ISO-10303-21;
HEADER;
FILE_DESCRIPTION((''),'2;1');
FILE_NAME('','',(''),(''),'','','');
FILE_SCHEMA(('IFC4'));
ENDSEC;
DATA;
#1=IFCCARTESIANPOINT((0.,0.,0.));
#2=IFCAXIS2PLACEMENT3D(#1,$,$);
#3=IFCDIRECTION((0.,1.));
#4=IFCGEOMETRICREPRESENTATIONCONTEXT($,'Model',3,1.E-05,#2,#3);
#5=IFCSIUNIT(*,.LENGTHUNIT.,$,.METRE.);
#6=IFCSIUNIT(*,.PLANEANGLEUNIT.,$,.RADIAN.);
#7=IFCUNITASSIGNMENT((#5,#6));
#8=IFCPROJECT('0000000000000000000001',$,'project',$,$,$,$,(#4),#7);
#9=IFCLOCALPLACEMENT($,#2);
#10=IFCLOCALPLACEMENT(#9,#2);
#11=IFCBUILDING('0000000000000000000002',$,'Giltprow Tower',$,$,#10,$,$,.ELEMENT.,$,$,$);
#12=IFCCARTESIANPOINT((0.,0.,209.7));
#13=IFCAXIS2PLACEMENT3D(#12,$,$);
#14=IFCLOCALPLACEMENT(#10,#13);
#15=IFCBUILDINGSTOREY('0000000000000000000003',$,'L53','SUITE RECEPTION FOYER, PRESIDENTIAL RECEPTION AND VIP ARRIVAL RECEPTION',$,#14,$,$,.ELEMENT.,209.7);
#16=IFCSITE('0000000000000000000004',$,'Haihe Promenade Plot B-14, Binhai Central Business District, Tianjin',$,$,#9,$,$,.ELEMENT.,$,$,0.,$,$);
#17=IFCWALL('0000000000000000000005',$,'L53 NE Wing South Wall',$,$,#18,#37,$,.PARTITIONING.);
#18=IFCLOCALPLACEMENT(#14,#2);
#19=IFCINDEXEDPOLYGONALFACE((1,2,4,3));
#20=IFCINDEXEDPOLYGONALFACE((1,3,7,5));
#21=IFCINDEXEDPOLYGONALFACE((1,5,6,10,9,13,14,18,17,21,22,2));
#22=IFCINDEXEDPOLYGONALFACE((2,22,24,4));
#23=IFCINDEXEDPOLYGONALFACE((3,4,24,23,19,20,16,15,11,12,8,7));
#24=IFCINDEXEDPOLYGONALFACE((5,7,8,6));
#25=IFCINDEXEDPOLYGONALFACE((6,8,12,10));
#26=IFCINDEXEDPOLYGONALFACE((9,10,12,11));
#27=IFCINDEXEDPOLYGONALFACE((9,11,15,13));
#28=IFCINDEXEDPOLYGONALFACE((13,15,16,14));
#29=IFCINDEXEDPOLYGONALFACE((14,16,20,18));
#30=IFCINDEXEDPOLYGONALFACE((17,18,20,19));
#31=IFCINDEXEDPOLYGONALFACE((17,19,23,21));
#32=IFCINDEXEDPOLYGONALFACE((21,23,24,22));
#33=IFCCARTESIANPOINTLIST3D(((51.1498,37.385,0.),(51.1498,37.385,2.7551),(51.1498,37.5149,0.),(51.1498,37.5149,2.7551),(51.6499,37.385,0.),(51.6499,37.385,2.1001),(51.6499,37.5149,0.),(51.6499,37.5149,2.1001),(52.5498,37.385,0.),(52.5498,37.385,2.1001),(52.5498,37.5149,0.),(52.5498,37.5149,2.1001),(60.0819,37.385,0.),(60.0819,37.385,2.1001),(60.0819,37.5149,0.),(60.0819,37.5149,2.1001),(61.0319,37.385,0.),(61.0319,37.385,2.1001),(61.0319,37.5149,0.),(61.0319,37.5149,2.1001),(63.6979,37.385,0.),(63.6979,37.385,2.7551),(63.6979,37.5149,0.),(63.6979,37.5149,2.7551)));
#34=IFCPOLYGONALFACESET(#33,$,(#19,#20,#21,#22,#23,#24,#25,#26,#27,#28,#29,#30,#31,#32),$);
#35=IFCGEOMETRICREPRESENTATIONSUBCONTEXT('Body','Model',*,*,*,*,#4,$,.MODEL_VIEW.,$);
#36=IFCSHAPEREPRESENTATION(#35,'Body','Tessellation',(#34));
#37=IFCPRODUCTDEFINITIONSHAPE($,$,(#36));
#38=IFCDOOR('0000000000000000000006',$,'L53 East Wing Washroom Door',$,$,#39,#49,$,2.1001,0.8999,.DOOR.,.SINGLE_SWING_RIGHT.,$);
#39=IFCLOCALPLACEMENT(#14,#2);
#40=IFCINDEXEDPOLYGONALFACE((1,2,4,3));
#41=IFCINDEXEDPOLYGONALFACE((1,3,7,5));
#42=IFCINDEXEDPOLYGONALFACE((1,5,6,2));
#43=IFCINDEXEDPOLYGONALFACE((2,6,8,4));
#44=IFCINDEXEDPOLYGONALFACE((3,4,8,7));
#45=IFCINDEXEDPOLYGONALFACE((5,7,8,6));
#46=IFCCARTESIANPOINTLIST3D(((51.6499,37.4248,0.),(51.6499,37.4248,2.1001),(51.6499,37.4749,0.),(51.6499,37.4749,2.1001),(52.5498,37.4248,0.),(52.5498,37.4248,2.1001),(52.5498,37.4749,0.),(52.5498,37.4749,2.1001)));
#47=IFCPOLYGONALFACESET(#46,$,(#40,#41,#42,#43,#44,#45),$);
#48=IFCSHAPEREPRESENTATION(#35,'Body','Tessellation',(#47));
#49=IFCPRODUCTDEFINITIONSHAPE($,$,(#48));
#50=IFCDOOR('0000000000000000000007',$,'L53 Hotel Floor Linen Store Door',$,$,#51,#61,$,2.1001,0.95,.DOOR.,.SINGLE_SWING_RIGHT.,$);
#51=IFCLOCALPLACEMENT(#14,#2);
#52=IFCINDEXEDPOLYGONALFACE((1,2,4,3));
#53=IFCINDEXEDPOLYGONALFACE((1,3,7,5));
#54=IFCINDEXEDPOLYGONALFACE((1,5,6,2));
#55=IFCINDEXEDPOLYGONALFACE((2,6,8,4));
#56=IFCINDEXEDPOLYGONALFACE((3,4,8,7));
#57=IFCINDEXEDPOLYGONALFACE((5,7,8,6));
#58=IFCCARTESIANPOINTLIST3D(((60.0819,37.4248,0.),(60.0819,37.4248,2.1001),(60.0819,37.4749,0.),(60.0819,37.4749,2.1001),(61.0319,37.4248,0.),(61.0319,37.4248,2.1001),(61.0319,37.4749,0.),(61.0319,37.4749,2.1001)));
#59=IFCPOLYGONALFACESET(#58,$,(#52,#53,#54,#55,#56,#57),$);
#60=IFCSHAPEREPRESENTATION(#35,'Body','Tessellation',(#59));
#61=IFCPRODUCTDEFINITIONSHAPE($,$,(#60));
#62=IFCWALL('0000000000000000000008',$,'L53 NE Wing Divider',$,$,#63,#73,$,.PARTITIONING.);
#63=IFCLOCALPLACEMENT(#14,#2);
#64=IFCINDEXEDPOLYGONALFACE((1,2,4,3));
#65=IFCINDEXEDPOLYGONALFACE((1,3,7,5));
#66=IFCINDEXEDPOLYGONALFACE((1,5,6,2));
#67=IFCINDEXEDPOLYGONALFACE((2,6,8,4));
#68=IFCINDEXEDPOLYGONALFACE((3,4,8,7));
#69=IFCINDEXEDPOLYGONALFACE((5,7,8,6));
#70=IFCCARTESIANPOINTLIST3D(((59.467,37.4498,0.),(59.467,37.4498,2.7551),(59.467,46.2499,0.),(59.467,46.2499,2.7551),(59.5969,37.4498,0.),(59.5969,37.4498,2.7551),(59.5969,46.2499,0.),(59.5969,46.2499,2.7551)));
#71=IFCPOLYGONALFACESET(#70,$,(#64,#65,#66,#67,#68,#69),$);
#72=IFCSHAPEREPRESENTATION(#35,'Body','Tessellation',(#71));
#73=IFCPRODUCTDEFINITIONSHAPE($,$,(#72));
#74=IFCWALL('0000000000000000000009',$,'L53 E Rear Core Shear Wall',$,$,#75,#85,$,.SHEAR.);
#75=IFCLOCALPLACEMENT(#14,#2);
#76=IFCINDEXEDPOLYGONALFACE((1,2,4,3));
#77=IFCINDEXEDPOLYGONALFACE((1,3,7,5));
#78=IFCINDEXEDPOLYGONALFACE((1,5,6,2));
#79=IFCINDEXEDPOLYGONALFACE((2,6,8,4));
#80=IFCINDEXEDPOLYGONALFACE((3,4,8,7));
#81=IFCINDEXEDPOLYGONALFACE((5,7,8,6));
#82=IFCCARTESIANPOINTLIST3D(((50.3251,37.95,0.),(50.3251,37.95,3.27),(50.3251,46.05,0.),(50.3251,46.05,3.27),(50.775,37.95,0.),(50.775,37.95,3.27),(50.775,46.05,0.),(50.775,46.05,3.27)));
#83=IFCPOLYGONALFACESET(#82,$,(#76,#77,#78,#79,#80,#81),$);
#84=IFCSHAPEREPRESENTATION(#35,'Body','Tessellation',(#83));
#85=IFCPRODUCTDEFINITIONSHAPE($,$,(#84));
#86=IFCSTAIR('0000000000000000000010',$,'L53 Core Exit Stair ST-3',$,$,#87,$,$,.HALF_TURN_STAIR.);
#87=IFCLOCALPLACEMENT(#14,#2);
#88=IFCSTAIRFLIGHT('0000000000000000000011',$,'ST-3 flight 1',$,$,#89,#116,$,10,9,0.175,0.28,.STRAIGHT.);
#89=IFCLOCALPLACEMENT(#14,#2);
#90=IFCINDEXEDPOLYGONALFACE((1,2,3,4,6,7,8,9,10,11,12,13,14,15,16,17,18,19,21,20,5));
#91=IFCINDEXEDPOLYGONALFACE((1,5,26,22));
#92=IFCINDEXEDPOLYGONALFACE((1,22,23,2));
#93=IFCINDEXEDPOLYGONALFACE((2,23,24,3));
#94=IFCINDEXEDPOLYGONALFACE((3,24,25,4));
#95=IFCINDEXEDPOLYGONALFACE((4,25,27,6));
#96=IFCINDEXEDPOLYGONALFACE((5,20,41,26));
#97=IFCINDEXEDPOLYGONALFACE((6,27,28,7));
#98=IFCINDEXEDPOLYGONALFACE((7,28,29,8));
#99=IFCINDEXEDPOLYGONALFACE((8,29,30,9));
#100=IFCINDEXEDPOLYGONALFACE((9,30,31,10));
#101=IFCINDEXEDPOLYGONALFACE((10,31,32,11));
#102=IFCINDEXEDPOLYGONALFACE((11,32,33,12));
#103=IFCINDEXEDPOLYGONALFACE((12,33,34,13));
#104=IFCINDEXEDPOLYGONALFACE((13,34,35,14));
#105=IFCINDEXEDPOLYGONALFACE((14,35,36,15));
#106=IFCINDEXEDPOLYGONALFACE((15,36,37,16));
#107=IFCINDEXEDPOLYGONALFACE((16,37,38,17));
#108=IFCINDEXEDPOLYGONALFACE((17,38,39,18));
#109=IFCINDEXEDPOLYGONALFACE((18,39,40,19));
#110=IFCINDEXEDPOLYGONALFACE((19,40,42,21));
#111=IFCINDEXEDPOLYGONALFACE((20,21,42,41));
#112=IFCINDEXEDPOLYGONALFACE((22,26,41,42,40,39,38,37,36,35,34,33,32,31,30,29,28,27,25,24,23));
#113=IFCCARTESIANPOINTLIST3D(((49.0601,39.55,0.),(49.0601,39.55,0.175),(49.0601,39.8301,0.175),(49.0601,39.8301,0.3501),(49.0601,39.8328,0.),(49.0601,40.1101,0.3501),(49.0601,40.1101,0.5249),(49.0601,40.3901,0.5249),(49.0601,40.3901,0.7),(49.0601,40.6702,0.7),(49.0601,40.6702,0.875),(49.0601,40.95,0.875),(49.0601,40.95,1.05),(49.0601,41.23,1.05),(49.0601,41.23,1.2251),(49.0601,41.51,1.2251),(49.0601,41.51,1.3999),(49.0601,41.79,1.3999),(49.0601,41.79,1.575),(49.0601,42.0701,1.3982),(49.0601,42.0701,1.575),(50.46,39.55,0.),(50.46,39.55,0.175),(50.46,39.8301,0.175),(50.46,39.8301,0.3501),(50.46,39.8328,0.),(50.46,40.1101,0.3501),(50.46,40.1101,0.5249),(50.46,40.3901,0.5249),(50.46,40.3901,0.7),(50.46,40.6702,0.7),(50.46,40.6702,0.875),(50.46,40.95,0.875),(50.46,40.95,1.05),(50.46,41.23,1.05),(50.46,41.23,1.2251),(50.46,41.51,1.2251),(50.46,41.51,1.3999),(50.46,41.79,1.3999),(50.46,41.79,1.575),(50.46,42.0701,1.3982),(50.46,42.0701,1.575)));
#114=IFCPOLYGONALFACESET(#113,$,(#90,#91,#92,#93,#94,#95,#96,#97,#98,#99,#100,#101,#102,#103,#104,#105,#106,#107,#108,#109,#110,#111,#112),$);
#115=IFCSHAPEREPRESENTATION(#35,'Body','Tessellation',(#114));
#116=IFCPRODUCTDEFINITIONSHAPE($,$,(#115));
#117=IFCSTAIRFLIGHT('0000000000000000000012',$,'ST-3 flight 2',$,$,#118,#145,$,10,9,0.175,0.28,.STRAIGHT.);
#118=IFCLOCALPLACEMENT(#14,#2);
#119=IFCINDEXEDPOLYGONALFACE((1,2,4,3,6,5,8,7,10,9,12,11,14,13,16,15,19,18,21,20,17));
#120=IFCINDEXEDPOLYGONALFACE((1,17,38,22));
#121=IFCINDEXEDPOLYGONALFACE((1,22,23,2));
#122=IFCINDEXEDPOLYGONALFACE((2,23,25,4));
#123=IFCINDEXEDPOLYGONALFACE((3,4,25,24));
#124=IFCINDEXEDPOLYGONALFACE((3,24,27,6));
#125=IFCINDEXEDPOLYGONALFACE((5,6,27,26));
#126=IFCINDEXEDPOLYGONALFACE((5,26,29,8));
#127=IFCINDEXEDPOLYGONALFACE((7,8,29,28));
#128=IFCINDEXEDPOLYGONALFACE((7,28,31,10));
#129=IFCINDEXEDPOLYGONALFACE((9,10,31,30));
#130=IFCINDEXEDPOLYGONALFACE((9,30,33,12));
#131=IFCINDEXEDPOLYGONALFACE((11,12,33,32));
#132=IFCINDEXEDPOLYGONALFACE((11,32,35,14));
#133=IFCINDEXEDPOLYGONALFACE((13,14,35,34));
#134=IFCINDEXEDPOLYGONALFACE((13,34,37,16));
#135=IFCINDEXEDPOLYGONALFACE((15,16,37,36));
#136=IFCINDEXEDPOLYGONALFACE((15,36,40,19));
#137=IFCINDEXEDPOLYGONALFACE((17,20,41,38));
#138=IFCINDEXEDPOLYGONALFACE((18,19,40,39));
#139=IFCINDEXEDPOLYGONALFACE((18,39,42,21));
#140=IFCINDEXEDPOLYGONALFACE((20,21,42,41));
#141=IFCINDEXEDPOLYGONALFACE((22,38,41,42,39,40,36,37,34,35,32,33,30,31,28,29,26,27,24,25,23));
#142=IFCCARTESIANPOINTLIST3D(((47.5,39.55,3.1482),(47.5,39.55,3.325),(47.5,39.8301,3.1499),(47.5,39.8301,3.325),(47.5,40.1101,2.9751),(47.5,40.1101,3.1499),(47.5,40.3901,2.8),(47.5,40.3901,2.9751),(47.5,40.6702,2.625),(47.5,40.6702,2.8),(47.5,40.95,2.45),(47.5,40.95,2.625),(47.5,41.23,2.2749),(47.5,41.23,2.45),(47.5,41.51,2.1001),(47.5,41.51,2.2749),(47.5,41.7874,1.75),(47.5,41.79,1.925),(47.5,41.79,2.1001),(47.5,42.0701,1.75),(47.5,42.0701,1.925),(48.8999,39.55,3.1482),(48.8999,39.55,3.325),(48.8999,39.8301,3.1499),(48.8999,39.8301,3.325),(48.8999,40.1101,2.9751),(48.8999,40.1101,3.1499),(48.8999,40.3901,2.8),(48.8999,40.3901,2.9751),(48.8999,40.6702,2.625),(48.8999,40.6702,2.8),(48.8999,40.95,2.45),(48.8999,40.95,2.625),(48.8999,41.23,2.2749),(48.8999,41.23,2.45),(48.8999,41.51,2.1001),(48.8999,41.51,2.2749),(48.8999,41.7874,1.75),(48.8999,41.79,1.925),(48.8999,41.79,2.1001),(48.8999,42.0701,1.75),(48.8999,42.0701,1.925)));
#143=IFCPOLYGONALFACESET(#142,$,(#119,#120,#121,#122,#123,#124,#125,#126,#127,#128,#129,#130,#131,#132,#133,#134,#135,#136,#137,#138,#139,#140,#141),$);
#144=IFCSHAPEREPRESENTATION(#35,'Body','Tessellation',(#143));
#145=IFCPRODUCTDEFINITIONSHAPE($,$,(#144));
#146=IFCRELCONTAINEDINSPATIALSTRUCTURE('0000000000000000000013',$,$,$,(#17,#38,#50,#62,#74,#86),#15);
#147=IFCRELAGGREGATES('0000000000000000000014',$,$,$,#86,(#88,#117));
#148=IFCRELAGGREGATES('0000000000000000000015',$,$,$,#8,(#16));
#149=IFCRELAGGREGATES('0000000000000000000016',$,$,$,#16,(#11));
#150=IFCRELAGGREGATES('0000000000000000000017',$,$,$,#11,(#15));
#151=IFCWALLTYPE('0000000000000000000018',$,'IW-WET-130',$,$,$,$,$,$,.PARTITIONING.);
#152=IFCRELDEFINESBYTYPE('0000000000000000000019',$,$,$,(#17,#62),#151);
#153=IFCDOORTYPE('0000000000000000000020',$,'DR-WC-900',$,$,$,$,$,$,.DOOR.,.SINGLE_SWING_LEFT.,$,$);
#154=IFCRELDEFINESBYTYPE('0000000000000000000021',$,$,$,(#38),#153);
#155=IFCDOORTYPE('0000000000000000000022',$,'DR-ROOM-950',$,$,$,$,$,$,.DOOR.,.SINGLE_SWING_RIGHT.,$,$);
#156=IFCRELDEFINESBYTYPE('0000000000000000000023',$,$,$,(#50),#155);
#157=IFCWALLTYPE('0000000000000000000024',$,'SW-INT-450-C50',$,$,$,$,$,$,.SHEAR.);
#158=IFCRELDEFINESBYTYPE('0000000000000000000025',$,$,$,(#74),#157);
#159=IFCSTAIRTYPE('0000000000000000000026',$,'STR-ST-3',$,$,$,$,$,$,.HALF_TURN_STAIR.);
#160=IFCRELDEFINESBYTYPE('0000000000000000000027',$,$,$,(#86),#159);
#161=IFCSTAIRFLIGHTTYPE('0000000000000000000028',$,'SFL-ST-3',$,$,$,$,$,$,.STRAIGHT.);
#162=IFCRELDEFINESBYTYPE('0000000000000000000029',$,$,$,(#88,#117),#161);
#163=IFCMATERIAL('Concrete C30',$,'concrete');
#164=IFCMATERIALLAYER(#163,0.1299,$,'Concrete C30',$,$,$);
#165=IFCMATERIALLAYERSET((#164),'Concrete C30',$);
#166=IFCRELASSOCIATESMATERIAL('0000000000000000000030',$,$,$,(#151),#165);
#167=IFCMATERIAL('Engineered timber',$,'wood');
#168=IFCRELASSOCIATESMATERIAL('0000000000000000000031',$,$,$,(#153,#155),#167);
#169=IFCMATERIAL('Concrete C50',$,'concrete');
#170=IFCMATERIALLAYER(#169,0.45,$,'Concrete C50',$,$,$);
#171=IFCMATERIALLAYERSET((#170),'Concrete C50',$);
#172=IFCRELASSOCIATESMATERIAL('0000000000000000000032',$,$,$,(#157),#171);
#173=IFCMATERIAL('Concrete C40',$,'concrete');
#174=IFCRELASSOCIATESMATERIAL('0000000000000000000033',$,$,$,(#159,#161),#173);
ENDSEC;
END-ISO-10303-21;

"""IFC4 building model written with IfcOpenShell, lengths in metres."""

from ifc_helpers import new_model, si_unit, direction, frame, frame_2d, origin, place, context, subcontext, project, spatial, polyline, rectangle, outline, extrude, source, transform, mapped, material, layer, layer_set, type_object, element, fill, aggregate, save


model = new_model("IFC4")

# Units and contexts
model_context = context("Model", 3, precision=1e-05, world=origin(), true_north=direction((0.0, 1.0)))
body_context = subcontext(model_context, "Body", "Model", "MODEL_VIEW")
ifc_project = project(units=[si_unit("LENGTHUNIT", "METRE"), si_unit("PLANEANGLEUNIT", "RADIAN")], contexts=[model_context])

# Site, building, storey
site_placement = place(None, origin())
site = spatial("IfcSite", under=ifc_project, at=site_placement, Name="Haihe Promenade Plot B-14, Binhai Central Business District, Tianjin", CompositionType="ELEMENT", RefElevation=0.0)
building_placement = place(site_placement, origin())
building = spatial("IfcBuilding", under=site, at=building_placement, Name="Giltprow Tower", CompositionType="ELEMENT")
storey_placement = place(building_placement, frame((0.0, 0.0, 209.7)))
storey = spatial("IfcBuildingStorey", under=building, at=storey_placement, Name="L53", Description="SUITE RECEPTION FOYER, PRESIDENTIAL RECEPTION AND VIP ARRIVAL RECEPTION", CompositionType="ELEMENT", Elevation=209.7)

# Shared definitions
ifc_material_1 = material(Name="Concrete C50", Category="concrete")

# Wall, openings, doors
ifc_material_2 = material(Name="Concrete C30", Category="concrete")
ifc_layer_1 = layer(ifc_material_2, 0.1299, Name="Concrete C30")
ifc_layer_set_1 = layer_set([ifc_layer_1], Name="Concrete C30")
wall_type_1 = type_object("IfcWallType", Name="IW-WET-130", PredefinedType="PARTITIONING", material=ifc_layer_set_1)
wall_1_placement = place(storey_placement, frame((51.1499, 37.45, 0.0), z_axis=(0.0, 0.0, 1.0), x_axis=(1.0, 0.0, 0.0)))
wall_1 = element("IfcWall", 1, at=wall_1_placement, inside=storey, type_object=wall_type_1, Name="L53 NE Wing South Wall", PredefinedType="PARTITIONING", context=body_context, shape_type="SweptSolid", body=[
    extrude(rectangle(XDim=12.5481, YDim=0.1299, at=frame_2d((6.2739, 0.0))), origin(), (0.0, 0.0, 1.0), 2.7551),
])
opening_1_placement = place(wall_1_placement, frame((0.5, 0.0, 0.0)))
opening_1 = element("IfcOpeningElement", 2, at=opening_1_placement, cuts=wall_1, PredefinedType="OPENING", context=body_context, shape_type="SweptSolid", body=[
    extrude(rectangle(XDim=0.8999, YDim=2.1001, at=frame_2d((0.45, 1.05))), frame((0.0, 0.075, 0.0), z_axis=(0.0, -1.0, 0.0), x_axis=(1.0, 0.0, 0.0)), (0.0, 0.0, 1.0), 0.1499),
])
opening_2_placement = place(wall_1_placement, frame((8.9319, 0.0, 0.0)))
opening_2 = element("IfcOpeningElement", 3, at=opening_2_placement, cuts=wall_1, PredefinedType="OPENING", context=body_context, shape_type="SweptSolid", body=[
    extrude(rectangle(XDim=0.95, YDim=2.1001, at=frame_2d((0.4751, 1.05))), frame((0.0, 0.075, 0.0), z_axis=(0.0, -1.0, 0.0), x_axis=(1.0, 0.0, 0.0)), (0.0, 0.0, 1.0), 0.1499),
])
ifc_material_3 = material(Name="Engineered timber", Category="wood")
door_type_1 = type_object("IfcDoorType", Name="DR-WC-900", OperationType="SINGLE_SWING_LEFT", PredefinedType="DOOR", material=ifc_material_3)
shared_shape_1 = source(origin(), body_context, "Body", "SweptSolid", [
    extrude(rectangle(XDim=0.8999, YDim=2.1001, at=frame_2d((0.45, 1.05))), frame((0.0, 0.0249, 0.0), z_axis=(0.0, -1.0, 0.0), x_axis=(1.0, 0.0, 0.0)), (0.0, 0.0, 1.0), 0.05),
])
door_1_placement = place(opening_1_placement, origin())
door_1 = element("IfcDoor", 4, at=door_1_placement, inside=storey, type_object=door_type_1, Name="L53 East Wing Washroom Door", OperationType="SINGLE_SWING_RIGHT", OverallHeight=2.1001, OverallWidth=0.8999, PredefinedType="DOOR", context=body_context, shape_type="MappedRepresentation", body=[
    mapped(shared_shape_1, transform((0.0, 0.0, 0.0), x_axis=(1.0, 0.0, 0.0), y_axis=(0.0, 1.0, 0.0), z_axis=(0.0, 0.0, 1.0), scale=1.0)),
])
fill(opening_1, door_1)
door_type_2 = type_object("IfcDoorType", Name="DR-ROOM-950", OperationType="SINGLE_SWING_RIGHT", PredefinedType="DOOR", material=ifc_material_3)
shared_shape_2 = source(origin(), body_context, "Body", "SweptSolid", [
    extrude(rectangle(XDim=0.95, YDim=2.1001, at=frame_2d((0.4751, 1.05))), frame((0.0, 0.0249, 0.0), z_axis=(0.0, -1.0, 0.0), x_axis=(1.0, 0.0, 0.0)), (0.0, 0.0, 1.0), 0.05),
])
door_2_placement = place(opening_2_placement, origin())
door_2 = element("IfcDoor", 5, at=door_2_placement, inside=storey, type_object=door_type_2, Name="L53 Hotel Floor Linen Store Door", OperationType="SINGLE_SWING_RIGHT", OverallHeight=2.1001, OverallWidth=0.95, PredefinedType="DOOR", context=body_context, shape_type="MappedRepresentation", body=[
    mapped(shared_shape_2, transform((0.0, 0.0, 0.0), x_axis=(1.0, 0.0, 0.0), y_axis=(0.0, 1.0, 0.0), z_axis=(0.0, 0.0, 1.0), scale=1.0)),
])
fill(opening_2, door_2)

# Walls
wall_2_placement = place(storey_placement, frame((59.532, 37.45, 0.0), z_axis=(0.0, 0.0, 1.0), x_axis=(0.0, 1.0, 0.0)))
element("IfcWall", 6, at=wall_2_placement, inside=storey, type_object=wall_type_1, Name="L53 NE Wing Divider", PredefinedType="PARTITIONING", context=body_context, shape_type="SweptSolid", body=[
    extrude(rectangle(XDim=8.8, YDim=0.1299, at=frame_2d((4.3999, 0.0))), origin(), (0.0, 0.0, 1.0), 2.7551),
])
ifc_layer_2 = layer(ifc_material_1, 0.45, Name="Concrete C50")
ifc_layer_set_2 = layer_set([ifc_layer_2], Name="Concrete C50")
wall_type_2 = type_object("IfcWallType", Name="SW-INT-450-C50", PredefinedType="SHEAR", material=ifc_layer_set_2)
wall_3_placement = place(storey_placement, frame((50.55, 37.95, 0.0), z_axis=(0.0, 0.0, 1.0), x_axis=(0.0, 1.0, 0.0)))
element("IfcWall", 7, at=wall_3_placement, inside=storey, type_object=wall_type_2, Name="L53 E Rear Core Shear Wall", PredefinedType="SHEAR", context=body_context, shape_type="SweptSolid", body=[
    extrude(rectangle(XDim=8.1001, YDim=0.45, at=frame_2d((4.05, 0.0))), origin(), (0.0, 0.0, 1.0), 3.27),
])

# Stair, stair flights
ifc_material_4 = material(Name="Concrete C40", Category="concrete")
stair_type = type_object("IfcStairType", Name="STR-ST-3", PredefinedType="HALF_TURN_STAIR", material=ifc_material_4)
stair_placement = place(storey_placement, origin())
stair = element("IfcStair", 8, at=stair_placement, inside=storey, type_object=stair_type, Name="L53 Core Exit Stair ST-3", PredefinedType="HALF_TURN_STAIR")
stair_flight_type = type_object("IfcStairFlightType", Name="SFL-ST-3", PredefinedType="STRAIGHT", material=ifc_material_4)
stair_flight_1_placement = place(storey_placement, frame((49.76, 39.55, 0.0), z_axis=(0.0, 0.0, 1.0), x_axis=(0.0, 1.0, 0.0)))
stair_flight_1 = element("IfcStairFlight", 9, at=stair_flight_1_placement, type_object=stair_flight_type, Name="ST-3 flight 1", NumberOfRisers=10, NumberOfTreads=9, PredefinedType="STRAIGHT", RiserHeight=0.175, TreadLength=0.28, context=body_context, shape_type="SweptSolid", body=[
    extrude(outline(polyline([(0.0, 0.0), (0.0, 0.175), (0.28, 0.175), (0.28, 0.3501), (0.5601, 0.3501), (0.5601, 0.5249), (0.8401, 0.5249), (0.8401, 0.7), (1.1201, 0.7), (1.1201, 0.875), (1.3999, 0.875), (1.3999, 1.05), (1.6799, 1.05), (1.6799, 1.2251), (1.96, 1.2251), (1.96, 1.3999), (2.24, 1.3999), (2.24, 1.575), (2.52, 1.575), (2.52, 1.75), (2.52, 1.3982), (0.2827, 0.0), (0.0, 0.0)])), frame((0.0, 0.7, 0.0), z_axis=(0.0, -1.0, 0.0), x_axis=(1.0, 0.0, 0.0)), (0.0, 0.0, 1.0), 1.3999),
])
stair_flight_2_placement = place(storey_placement, frame((48.2, 42.0701, 1.75), z_axis=(0.0, 0.0, 1.0), x_axis=(0.0, -1.0, 0.0)))
stair_flight_2 = element("IfcStairFlight", 10, at=stair_flight_2_placement, type_object=stair_flight_type, Name="ST-3 flight 2", NumberOfRisers=10, NumberOfTreads=9, PredefinedType="STRAIGHT", RiserHeight=0.175, TreadLength=0.28, context=body_context, shape_type="SweptSolid", body=[
    extrude(outline(polyline([(0.0, 0.0), (0.0, 0.175), (0.28, 0.175), (0.28, 0.3501), (0.5601, 0.3501), (0.5601, 0.5249), (0.8401, 0.5249), (0.8401, 0.7), (1.1201, 0.7), (1.1201, 0.875), (1.3999, 0.875), (1.3999, 1.05), (1.6799, 1.05), (1.6799, 1.2251), (1.96, 1.2251), (1.96, 1.3999), (2.24, 1.3999), (2.24, 1.575), (2.52, 1.575), (2.52, 1.75), (2.52, 1.3982), (0.2827, 0.0), (0.0, 0.0)])), frame((0.0, 0.7, 0.0), z_axis=(0.0, -1.0, 0.0), x_axis=(1.0, 0.0, 0.0)), (0.0, 0.0, 1.0), 1.3999),
])
aggregate(stair, [stair_flight_1, stair_flight_2])

save(model, "model.ifc")
